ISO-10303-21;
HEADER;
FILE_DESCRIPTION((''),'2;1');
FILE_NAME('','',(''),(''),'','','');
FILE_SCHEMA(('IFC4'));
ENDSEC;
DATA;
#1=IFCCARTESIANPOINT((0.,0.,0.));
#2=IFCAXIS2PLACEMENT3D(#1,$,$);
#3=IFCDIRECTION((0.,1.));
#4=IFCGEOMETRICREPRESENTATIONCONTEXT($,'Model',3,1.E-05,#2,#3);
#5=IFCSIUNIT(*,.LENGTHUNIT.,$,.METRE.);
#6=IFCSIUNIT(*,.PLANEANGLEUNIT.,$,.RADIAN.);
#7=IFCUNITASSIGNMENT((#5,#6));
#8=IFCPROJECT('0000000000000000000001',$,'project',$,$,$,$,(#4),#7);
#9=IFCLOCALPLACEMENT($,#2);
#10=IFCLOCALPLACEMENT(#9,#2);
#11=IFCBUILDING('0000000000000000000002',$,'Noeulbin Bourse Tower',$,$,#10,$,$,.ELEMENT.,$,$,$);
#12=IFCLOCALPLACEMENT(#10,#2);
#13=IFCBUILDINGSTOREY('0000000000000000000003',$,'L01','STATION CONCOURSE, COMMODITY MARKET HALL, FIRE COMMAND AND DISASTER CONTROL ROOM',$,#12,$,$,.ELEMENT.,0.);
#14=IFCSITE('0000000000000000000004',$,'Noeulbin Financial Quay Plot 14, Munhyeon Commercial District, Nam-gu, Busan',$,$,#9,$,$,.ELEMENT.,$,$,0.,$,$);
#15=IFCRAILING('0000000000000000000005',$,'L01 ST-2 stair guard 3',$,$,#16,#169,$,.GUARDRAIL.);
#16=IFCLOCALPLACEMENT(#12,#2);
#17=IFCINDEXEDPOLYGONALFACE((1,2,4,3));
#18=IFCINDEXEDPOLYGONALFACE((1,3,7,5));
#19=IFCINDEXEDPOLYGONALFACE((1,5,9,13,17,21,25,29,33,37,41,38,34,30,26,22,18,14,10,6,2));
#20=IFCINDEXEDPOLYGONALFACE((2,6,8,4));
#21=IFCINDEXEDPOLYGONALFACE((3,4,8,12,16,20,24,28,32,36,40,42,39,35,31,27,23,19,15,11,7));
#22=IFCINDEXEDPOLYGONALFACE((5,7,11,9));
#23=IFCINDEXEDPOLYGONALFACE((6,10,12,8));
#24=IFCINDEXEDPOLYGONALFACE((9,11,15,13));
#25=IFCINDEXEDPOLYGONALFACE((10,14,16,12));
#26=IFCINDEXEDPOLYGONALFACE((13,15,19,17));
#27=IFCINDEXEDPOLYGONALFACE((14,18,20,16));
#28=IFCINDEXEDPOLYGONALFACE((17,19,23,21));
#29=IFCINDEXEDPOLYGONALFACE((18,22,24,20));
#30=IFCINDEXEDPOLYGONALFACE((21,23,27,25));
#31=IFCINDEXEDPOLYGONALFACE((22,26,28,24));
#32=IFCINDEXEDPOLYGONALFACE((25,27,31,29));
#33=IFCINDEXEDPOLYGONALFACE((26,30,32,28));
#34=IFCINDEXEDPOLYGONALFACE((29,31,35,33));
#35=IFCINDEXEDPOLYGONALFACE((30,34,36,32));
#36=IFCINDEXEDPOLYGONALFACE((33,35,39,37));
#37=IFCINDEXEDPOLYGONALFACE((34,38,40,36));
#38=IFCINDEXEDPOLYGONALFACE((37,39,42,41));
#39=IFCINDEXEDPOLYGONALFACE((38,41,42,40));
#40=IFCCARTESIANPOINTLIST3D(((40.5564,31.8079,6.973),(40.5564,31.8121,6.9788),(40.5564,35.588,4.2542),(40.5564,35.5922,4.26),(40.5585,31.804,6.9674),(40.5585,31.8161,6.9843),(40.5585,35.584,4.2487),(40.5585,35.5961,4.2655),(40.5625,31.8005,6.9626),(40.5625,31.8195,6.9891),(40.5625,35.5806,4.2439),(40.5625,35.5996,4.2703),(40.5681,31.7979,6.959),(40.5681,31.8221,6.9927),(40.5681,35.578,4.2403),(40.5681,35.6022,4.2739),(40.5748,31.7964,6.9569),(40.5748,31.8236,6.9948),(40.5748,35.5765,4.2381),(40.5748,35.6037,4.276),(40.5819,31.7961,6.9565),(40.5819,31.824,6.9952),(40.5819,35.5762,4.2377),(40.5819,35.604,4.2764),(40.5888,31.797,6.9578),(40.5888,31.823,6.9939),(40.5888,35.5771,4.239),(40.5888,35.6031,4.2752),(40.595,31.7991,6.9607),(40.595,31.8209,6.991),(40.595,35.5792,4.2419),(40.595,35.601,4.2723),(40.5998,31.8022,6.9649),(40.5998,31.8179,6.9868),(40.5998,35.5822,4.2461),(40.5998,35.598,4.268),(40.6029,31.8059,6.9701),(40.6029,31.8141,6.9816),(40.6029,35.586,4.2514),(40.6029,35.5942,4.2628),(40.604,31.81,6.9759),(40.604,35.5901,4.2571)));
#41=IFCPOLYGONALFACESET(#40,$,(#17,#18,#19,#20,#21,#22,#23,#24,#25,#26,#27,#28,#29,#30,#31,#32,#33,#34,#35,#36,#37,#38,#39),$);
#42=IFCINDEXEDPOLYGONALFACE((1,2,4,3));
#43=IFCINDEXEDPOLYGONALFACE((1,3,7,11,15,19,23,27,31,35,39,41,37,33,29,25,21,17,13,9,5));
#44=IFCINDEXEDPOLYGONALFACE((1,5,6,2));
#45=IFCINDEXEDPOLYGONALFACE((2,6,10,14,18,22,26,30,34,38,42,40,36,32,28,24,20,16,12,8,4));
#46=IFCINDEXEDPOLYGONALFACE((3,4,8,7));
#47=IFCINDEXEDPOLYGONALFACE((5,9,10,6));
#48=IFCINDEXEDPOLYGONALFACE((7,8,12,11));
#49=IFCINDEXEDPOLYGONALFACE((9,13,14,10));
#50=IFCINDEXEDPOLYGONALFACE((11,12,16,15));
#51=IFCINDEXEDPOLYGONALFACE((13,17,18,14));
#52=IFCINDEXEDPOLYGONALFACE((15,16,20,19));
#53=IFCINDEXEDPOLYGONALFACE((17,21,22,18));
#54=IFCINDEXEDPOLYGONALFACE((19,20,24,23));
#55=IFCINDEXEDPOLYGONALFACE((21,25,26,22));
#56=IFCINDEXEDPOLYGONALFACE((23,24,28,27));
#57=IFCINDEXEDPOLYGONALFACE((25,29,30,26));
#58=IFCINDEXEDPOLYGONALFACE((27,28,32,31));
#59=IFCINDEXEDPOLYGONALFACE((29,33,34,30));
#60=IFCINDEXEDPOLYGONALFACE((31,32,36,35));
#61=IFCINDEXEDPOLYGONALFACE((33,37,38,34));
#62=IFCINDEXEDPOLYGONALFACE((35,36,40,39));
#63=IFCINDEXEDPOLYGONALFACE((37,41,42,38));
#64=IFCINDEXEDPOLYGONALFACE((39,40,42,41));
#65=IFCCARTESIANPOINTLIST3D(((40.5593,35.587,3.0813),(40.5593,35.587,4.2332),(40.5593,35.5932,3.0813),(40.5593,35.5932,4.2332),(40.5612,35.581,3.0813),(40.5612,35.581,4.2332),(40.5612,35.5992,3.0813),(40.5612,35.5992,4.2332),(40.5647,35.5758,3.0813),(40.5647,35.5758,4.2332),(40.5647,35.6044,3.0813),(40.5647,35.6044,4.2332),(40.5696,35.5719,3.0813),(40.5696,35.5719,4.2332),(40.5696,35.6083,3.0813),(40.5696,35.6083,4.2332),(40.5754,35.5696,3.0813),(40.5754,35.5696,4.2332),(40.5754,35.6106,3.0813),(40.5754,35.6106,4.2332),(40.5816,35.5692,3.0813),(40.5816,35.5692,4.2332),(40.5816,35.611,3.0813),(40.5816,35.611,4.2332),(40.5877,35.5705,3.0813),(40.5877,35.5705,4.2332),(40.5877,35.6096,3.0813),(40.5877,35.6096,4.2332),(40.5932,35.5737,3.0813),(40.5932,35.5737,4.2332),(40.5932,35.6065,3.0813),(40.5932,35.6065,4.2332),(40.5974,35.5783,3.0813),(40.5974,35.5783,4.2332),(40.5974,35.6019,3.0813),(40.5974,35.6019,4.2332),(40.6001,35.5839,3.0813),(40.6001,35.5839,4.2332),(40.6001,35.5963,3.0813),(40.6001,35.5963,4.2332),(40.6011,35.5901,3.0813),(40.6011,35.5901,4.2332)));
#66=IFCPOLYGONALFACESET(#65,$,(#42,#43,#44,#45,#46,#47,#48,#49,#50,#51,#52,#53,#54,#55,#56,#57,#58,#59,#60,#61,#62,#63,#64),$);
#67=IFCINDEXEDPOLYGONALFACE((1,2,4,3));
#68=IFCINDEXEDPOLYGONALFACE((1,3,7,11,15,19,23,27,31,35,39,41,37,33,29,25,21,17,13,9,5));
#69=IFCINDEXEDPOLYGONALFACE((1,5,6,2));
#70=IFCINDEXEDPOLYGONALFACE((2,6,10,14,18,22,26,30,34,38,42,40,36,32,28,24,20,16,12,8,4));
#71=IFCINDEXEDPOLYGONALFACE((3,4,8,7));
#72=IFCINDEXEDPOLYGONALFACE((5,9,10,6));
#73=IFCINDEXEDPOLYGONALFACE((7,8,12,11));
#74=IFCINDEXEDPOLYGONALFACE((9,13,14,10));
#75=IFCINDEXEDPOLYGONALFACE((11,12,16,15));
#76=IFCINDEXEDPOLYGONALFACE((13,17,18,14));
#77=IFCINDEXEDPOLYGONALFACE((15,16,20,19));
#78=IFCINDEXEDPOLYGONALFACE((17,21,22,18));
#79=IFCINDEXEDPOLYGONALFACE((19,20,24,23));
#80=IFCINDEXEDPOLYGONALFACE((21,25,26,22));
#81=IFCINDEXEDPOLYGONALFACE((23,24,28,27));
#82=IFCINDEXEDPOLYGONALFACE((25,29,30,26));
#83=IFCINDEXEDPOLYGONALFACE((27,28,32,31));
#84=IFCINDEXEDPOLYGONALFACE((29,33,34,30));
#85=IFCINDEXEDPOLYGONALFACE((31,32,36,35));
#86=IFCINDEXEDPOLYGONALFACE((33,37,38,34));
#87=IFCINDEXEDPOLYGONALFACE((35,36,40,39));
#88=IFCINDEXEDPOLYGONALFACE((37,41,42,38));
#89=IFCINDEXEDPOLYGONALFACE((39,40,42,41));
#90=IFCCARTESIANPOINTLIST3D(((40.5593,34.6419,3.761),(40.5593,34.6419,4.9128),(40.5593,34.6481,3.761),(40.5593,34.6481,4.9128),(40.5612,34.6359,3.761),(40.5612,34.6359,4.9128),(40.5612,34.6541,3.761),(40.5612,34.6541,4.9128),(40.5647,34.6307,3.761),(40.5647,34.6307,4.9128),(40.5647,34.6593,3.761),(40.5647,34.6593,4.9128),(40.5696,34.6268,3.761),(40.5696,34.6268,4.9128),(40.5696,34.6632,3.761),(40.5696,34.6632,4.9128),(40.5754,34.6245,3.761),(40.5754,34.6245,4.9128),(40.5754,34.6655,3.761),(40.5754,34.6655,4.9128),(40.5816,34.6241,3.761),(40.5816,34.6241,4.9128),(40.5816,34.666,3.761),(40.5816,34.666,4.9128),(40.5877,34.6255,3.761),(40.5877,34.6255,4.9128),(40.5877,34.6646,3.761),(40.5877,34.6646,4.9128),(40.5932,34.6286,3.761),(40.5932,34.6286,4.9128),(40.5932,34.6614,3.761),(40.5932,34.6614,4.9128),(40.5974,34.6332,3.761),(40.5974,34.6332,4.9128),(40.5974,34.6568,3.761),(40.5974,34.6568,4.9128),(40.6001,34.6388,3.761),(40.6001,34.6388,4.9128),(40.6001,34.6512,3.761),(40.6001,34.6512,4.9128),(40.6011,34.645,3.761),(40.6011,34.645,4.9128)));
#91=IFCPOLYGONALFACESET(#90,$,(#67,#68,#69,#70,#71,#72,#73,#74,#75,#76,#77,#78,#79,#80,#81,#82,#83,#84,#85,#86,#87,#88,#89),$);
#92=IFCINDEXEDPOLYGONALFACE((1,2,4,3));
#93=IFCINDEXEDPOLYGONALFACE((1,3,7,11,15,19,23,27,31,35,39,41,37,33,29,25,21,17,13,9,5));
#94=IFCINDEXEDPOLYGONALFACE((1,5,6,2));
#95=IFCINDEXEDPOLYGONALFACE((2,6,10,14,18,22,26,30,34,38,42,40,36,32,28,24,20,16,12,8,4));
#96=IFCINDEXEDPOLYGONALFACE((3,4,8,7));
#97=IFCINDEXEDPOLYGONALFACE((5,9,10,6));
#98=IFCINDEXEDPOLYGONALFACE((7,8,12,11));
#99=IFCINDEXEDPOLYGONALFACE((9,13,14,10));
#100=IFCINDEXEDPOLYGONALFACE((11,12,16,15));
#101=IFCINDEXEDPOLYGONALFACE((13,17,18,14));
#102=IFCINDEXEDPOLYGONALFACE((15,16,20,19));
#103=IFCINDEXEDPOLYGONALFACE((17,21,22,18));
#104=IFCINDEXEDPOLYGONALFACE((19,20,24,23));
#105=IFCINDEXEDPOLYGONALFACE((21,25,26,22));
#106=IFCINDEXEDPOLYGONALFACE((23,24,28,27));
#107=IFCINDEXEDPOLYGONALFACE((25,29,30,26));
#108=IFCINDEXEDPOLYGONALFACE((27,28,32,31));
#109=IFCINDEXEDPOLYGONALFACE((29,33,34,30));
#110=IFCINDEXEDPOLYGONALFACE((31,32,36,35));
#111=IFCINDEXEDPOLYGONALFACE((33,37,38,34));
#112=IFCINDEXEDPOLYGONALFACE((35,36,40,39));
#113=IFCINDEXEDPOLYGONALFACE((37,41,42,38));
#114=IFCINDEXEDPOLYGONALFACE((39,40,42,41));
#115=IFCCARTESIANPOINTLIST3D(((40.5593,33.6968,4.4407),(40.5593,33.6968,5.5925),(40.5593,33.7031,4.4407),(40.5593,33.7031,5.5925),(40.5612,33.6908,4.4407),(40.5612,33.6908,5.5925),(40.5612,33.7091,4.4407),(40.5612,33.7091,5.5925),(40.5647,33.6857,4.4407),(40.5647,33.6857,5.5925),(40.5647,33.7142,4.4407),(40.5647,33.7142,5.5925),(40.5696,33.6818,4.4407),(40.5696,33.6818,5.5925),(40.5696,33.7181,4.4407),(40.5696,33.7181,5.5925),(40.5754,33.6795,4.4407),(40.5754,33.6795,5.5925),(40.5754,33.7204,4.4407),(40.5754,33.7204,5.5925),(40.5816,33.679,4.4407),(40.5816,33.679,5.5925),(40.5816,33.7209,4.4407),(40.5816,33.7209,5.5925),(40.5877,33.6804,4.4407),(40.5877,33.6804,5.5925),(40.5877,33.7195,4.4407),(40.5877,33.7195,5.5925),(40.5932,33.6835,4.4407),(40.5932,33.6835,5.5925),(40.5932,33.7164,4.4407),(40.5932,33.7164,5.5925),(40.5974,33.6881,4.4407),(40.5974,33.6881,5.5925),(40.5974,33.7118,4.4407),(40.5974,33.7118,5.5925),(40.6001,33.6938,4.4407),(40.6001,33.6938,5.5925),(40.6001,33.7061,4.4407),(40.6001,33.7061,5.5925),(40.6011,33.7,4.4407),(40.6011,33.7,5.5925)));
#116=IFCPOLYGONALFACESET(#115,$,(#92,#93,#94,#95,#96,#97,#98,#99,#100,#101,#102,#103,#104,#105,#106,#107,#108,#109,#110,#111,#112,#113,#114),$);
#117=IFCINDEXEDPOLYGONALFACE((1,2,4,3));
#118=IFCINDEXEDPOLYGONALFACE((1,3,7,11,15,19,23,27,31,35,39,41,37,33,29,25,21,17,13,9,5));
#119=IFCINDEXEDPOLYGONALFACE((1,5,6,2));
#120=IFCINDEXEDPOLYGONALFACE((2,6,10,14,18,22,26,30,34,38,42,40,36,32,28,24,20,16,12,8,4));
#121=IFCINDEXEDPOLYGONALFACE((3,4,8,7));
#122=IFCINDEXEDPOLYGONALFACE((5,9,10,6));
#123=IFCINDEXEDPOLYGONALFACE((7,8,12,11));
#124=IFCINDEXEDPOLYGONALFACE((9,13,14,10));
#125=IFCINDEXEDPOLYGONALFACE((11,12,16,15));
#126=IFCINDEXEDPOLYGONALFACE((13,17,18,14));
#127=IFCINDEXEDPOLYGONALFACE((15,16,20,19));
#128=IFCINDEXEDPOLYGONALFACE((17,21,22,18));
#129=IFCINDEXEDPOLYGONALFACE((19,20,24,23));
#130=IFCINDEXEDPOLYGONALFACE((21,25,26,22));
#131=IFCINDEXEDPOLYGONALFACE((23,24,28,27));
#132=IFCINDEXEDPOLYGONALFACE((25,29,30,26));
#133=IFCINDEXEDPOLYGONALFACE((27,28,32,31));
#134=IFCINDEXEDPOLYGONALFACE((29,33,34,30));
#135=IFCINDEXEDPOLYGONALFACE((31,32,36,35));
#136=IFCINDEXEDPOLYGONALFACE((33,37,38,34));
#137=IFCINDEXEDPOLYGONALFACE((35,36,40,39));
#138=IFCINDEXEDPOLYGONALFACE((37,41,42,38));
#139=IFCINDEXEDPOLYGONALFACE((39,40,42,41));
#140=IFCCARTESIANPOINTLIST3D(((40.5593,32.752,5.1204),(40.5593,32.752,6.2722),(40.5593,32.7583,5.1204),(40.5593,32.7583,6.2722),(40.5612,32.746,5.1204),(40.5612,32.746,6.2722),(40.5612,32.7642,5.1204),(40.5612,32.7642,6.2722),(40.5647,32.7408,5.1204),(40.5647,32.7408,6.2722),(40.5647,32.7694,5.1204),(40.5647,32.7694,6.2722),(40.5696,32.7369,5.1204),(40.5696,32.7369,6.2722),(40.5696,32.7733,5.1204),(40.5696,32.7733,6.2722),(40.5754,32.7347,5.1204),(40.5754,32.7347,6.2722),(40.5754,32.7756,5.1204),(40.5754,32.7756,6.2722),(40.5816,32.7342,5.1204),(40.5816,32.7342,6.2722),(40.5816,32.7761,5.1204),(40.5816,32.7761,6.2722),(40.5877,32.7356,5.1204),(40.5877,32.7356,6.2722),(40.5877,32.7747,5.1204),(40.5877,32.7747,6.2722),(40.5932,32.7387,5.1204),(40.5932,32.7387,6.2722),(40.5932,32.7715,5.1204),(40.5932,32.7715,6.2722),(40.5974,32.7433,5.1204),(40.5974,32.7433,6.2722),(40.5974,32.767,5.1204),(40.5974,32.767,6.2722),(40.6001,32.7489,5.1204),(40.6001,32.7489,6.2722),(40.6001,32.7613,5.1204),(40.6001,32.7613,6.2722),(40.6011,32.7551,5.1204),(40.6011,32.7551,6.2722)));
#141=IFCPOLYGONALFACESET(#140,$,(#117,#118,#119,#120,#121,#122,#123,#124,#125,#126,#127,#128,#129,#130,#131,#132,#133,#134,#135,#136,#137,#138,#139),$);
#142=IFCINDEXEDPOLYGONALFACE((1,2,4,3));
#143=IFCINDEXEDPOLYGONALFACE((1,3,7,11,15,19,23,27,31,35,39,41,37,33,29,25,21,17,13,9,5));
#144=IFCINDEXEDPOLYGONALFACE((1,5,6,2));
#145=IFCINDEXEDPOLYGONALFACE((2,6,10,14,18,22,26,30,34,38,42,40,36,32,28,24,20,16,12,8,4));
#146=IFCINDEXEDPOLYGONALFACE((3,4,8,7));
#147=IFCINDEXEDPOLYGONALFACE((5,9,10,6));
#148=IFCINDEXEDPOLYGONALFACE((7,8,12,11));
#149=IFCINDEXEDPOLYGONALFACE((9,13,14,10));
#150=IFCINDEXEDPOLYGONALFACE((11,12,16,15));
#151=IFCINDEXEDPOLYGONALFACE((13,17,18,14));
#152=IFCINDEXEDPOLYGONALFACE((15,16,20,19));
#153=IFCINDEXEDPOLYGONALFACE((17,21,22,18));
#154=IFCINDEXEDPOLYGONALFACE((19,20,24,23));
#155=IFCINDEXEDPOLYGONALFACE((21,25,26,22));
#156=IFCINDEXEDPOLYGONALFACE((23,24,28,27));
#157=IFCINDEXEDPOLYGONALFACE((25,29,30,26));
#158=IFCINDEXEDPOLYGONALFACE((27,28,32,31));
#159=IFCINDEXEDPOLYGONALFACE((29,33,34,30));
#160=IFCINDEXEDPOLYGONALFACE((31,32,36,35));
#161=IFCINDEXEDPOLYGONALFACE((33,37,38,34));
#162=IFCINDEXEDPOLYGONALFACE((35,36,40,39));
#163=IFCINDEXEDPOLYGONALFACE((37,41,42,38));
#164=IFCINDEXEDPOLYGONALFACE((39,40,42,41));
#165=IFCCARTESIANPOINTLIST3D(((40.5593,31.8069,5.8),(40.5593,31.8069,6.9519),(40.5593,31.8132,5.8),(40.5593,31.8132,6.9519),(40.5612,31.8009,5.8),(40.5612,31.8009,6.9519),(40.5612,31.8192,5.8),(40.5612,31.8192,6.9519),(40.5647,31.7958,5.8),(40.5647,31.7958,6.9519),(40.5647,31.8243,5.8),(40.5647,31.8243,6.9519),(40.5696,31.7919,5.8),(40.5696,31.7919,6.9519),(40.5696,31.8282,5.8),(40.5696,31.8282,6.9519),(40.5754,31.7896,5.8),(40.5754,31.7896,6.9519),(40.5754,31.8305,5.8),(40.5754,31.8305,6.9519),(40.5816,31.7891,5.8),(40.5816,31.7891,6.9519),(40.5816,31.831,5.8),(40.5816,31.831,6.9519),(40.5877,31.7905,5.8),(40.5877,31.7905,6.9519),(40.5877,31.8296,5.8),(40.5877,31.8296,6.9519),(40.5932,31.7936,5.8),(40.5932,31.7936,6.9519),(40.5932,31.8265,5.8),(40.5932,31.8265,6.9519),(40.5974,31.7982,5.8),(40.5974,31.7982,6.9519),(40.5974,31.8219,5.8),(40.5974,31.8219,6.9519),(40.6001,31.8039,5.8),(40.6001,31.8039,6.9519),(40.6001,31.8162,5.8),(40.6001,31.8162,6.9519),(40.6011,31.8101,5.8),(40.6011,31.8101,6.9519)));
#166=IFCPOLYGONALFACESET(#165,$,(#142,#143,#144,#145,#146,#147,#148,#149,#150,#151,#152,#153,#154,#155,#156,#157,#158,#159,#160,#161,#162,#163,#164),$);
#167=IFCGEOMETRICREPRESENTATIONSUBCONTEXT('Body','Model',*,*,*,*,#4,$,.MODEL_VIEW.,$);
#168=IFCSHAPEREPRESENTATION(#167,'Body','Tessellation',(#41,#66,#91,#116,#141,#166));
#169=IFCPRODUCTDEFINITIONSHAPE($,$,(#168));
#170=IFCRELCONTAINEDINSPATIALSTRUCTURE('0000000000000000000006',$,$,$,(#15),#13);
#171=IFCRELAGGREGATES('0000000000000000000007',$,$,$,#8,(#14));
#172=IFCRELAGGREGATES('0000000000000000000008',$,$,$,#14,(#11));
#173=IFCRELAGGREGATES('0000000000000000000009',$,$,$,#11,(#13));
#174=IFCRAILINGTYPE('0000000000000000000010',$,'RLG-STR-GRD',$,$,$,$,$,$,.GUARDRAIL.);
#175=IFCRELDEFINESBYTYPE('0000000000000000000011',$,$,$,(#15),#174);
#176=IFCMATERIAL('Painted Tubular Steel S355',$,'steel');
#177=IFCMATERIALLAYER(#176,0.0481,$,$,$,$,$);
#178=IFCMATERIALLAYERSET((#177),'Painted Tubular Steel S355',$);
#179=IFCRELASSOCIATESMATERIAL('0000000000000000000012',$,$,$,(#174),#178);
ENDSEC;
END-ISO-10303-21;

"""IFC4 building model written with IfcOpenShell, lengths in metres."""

from ifc_helpers import new_model, si_unit, direction, frame, origin, origin_2d, place, context, subcontext, project, spatial, circle, extrude, material, layer, layer_set, type_object, element, save


model = new_model("IFC4")

# Units and contexts
model_context = context("Model", 3, precision=1e-05, world=origin(), true_north=direction((0.0, 1.0)))
body_context = subcontext(model_context, "Body", "Model", "MODEL_VIEW")
ifc_project = project(units=[si_unit("LENGTHUNIT", "METRE"), si_unit("PLANEANGLEUNIT", "RADIAN")], contexts=[model_context])

# Site, building, storey
site_placement = place(None, origin())
site = spatial("IfcSite", under=ifc_project, at=site_placement, Name="Noeulbin Financial Quay Plot 14, Munhyeon Commercial District, Nam-gu, Busan", CompositionType="ELEMENT", RefElevation=0.0)
building_placement = place(site_placement, origin())
building = spatial("IfcBuilding", under=site, at=building_placement, Name="Noeulbin Bourse Tower", CompositionType="ELEMENT")
storey_placement = place(building_placement, origin())
storey = spatial("IfcBuildingStorey", under=building, at=storey_placement, Name="L01", Description="STATION CONCOURSE, COMMODITY MARKET HALL, FIRE COMMAND AND DISASTER CONTROL ROOM", CompositionType="ELEMENT", Elevation=0.0)

# Railing
ifc_material_1 = material(Name="Painted Tubular Steel S355", Category="steel")
ifc_layer_1 = layer(ifc_material_1, 0.0481)
ifc_layer_set_1 = layer_set([ifc_layer_1], Name="Painted Tubular Steel S355")
railing_type_1 = type_object("IfcRailingType", Name="RLG-STR-GRD", PredefinedType="GUARDRAIL", material=ifc_layer_set_1)
railing_1_placement = place(storey_placement, frame((40.5801, 35.5901, 3.0813)))
element("IfcRailing", 1, at=railing_1_placement, inside=storey, type_object=railing_type_1, Name="L01 ST-2 stair guard 3", PredefinedType="GUARDRAIL", context=body_context, shape_type="SweptSolid", body=[
    extrude(circle(Radius=0.0239, at=origin_2d()), frame((0.0, 0.0, 1.1758), z_axis=(0.0, -0.811827, 0.583899), x_axis=(1.0, 0.0, 0.0)), (0.0, 0.0, 1.0), 4.6562),
    extrude(circle(Radius=0.021, at=origin_2d()), origin(), (0.0, 0.0, 1.0), 1.1519),
    extrude(circle(Radius=0.021, at=origin_2d()), frame((0.0, -0.9451, 0.6797)), (0.0, 0.0, 1.0), 1.1519),
    extrude(circle(Radius=0.021, at=origin_2d()), frame((0.0, -1.8901, 1.3594)), (0.0, 0.0, 1.0), 1.1519),
    extrude(circle(Radius=0.021, at=origin_2d()), frame((0.0, -2.835, 2.0391)), (0.0, 0.0, 1.0), 1.1519),
    extrude(circle(Radius=0.021, at=origin_2d()), frame((0.0, -3.78, 2.7188)), (0.0, 0.0, 1.0), 1.1519),
])

save(model, "model.ifc")
